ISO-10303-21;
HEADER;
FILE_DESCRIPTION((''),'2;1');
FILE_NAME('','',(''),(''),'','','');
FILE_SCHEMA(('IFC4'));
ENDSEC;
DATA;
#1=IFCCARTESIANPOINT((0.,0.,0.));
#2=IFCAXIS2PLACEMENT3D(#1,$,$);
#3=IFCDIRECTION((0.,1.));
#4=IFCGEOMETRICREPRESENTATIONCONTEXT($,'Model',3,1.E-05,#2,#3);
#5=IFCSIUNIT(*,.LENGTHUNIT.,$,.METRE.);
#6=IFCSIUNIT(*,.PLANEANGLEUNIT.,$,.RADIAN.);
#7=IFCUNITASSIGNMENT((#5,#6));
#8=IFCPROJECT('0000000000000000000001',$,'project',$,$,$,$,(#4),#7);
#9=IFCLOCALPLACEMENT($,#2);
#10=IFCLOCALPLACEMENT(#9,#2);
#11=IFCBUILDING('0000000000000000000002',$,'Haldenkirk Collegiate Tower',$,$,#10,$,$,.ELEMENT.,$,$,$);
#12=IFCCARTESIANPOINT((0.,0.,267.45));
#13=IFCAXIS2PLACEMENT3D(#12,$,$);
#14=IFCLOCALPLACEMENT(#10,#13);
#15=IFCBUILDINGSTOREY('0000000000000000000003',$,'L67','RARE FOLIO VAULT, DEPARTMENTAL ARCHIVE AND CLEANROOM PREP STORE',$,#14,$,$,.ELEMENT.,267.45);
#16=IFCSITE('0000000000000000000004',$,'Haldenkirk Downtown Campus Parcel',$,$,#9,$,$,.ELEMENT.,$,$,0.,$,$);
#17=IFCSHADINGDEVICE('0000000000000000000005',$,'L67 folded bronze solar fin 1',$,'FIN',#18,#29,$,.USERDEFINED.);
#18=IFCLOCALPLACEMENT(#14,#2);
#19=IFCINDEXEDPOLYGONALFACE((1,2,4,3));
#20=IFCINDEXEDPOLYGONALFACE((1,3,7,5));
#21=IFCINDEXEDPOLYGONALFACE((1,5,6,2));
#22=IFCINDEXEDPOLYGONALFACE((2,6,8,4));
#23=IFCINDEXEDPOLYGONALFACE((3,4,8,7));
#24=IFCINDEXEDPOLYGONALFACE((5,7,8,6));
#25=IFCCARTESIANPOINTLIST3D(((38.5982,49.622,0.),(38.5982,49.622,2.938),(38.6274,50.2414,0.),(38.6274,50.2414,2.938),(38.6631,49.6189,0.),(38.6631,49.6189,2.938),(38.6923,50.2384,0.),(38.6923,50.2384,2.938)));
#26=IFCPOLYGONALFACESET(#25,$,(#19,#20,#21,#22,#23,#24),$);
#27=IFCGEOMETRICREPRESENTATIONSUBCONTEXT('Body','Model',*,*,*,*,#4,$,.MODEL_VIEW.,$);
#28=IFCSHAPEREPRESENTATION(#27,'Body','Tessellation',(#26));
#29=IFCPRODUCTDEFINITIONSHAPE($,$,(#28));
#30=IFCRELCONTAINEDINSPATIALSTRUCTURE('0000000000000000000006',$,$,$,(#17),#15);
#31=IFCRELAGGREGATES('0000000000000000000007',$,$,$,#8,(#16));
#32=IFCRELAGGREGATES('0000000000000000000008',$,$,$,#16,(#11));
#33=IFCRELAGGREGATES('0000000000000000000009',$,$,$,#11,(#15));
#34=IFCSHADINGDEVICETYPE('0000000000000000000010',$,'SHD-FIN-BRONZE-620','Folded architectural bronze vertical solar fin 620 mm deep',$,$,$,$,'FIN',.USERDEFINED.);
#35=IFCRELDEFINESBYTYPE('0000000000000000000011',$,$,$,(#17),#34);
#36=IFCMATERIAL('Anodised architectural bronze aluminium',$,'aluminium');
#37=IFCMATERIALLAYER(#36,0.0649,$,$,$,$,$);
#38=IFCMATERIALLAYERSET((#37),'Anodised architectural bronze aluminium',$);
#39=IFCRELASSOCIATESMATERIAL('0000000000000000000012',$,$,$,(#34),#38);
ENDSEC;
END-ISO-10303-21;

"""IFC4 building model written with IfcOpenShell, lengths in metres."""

from ifc_helpers import new_model, si_unit, direction, frame, origin, origin_2d, place, context, subcontext, project, spatial, rectangle, extrude, source, transform, mapped, material, layer, layer_set, type_object, element, save


model = new_model("IFC4")

# Units and contexts
model_context = context("Model", 3, precision=1e-05, world=origin(), true_north=direction((0.0, 1.0)))
body_context = subcontext(model_context, "Body", "Model", "MODEL_VIEW")
ifc_project = project(units=[si_unit("LENGTHUNIT", "METRE"), si_unit("PLANEANGLEUNIT", "RADIAN")], contexts=[model_context])

# Site, building, storey
site_placement = place(None, origin())
site = spatial("IfcSite", under=ifc_project, at=site_placement, Name="Haldenkirk Downtown Campus Parcel", CompositionType="ELEMENT", RefElevation=0.0)
building_placement = place(site_placement, origin())
building = spatial("IfcBuilding", under=site, at=building_placement, Name="Haldenkirk Collegiate Tower", CompositionType="ELEMENT")
storey_placement = place(building_placement, frame((0.0, 0.0, 267.45)))
storey = spatial("IfcBuildingStorey", under=building, at=storey_placement, Name="L67", Description="RARE FOLIO VAULT, DEPARTMENTAL ARCHIVE AND CLEANROOM PREP STORE", CompositionType="ELEMENT", Elevation=267.45)

# Shared definitions
ifc_material_1 = material(Name="Anodised architectural bronze aluminium", Category="aluminium")

# Shading device
ifc_layer_1 = layer(ifc_material_1, 0.0649)
ifc_layer_set_1 = layer_set([ifc_layer_1], Name="Anodised architectural bronze aluminium")
shading_device_type = type_object("IfcShadingDeviceType", Name="SHD-FIN-BRONZE-620", Description="Folded architectural bronze vertical solar fin 620 mm deep", ElementType="FIN", PredefinedType="USERDEFINED", material=ifc_layer_set_1)
shared_shape_1 = source(origin(), body_context, "Body", "SweptSolid", [
    extrude(rectangle(XDim=0.6201, YDim=0.0649, at=origin_2d()), origin(), (0.0, 0.0, 1.0), 2.938),
])
shading_device_placement = place(storey_placement, frame((38.6453, 49.9302, 0.0), z_axis=(0.0, 0.0, 1.0), x_axis=(0.047106, 0.99889, 0.0)))
element("IfcShadingDevice", 1, at=shading_device_placement, inside=storey, type_object=shading_device_type, Name="L67 folded bronze solar fin 1", ObjectType="FIN", PredefinedType="USERDEFINED", context=body_context, shape_type="MappedRepresentation", body=[
    mapped(shared_shape_1, transform((0.0, 0.0, 0.0), x_axis=(1.0, 0.0, 0.0), y_axis=(0.0, 1.0, 0.0), z_axis=(0.0, 0.0, 1.0), scale=1.0)),
])

save(model, "model.ifc")
